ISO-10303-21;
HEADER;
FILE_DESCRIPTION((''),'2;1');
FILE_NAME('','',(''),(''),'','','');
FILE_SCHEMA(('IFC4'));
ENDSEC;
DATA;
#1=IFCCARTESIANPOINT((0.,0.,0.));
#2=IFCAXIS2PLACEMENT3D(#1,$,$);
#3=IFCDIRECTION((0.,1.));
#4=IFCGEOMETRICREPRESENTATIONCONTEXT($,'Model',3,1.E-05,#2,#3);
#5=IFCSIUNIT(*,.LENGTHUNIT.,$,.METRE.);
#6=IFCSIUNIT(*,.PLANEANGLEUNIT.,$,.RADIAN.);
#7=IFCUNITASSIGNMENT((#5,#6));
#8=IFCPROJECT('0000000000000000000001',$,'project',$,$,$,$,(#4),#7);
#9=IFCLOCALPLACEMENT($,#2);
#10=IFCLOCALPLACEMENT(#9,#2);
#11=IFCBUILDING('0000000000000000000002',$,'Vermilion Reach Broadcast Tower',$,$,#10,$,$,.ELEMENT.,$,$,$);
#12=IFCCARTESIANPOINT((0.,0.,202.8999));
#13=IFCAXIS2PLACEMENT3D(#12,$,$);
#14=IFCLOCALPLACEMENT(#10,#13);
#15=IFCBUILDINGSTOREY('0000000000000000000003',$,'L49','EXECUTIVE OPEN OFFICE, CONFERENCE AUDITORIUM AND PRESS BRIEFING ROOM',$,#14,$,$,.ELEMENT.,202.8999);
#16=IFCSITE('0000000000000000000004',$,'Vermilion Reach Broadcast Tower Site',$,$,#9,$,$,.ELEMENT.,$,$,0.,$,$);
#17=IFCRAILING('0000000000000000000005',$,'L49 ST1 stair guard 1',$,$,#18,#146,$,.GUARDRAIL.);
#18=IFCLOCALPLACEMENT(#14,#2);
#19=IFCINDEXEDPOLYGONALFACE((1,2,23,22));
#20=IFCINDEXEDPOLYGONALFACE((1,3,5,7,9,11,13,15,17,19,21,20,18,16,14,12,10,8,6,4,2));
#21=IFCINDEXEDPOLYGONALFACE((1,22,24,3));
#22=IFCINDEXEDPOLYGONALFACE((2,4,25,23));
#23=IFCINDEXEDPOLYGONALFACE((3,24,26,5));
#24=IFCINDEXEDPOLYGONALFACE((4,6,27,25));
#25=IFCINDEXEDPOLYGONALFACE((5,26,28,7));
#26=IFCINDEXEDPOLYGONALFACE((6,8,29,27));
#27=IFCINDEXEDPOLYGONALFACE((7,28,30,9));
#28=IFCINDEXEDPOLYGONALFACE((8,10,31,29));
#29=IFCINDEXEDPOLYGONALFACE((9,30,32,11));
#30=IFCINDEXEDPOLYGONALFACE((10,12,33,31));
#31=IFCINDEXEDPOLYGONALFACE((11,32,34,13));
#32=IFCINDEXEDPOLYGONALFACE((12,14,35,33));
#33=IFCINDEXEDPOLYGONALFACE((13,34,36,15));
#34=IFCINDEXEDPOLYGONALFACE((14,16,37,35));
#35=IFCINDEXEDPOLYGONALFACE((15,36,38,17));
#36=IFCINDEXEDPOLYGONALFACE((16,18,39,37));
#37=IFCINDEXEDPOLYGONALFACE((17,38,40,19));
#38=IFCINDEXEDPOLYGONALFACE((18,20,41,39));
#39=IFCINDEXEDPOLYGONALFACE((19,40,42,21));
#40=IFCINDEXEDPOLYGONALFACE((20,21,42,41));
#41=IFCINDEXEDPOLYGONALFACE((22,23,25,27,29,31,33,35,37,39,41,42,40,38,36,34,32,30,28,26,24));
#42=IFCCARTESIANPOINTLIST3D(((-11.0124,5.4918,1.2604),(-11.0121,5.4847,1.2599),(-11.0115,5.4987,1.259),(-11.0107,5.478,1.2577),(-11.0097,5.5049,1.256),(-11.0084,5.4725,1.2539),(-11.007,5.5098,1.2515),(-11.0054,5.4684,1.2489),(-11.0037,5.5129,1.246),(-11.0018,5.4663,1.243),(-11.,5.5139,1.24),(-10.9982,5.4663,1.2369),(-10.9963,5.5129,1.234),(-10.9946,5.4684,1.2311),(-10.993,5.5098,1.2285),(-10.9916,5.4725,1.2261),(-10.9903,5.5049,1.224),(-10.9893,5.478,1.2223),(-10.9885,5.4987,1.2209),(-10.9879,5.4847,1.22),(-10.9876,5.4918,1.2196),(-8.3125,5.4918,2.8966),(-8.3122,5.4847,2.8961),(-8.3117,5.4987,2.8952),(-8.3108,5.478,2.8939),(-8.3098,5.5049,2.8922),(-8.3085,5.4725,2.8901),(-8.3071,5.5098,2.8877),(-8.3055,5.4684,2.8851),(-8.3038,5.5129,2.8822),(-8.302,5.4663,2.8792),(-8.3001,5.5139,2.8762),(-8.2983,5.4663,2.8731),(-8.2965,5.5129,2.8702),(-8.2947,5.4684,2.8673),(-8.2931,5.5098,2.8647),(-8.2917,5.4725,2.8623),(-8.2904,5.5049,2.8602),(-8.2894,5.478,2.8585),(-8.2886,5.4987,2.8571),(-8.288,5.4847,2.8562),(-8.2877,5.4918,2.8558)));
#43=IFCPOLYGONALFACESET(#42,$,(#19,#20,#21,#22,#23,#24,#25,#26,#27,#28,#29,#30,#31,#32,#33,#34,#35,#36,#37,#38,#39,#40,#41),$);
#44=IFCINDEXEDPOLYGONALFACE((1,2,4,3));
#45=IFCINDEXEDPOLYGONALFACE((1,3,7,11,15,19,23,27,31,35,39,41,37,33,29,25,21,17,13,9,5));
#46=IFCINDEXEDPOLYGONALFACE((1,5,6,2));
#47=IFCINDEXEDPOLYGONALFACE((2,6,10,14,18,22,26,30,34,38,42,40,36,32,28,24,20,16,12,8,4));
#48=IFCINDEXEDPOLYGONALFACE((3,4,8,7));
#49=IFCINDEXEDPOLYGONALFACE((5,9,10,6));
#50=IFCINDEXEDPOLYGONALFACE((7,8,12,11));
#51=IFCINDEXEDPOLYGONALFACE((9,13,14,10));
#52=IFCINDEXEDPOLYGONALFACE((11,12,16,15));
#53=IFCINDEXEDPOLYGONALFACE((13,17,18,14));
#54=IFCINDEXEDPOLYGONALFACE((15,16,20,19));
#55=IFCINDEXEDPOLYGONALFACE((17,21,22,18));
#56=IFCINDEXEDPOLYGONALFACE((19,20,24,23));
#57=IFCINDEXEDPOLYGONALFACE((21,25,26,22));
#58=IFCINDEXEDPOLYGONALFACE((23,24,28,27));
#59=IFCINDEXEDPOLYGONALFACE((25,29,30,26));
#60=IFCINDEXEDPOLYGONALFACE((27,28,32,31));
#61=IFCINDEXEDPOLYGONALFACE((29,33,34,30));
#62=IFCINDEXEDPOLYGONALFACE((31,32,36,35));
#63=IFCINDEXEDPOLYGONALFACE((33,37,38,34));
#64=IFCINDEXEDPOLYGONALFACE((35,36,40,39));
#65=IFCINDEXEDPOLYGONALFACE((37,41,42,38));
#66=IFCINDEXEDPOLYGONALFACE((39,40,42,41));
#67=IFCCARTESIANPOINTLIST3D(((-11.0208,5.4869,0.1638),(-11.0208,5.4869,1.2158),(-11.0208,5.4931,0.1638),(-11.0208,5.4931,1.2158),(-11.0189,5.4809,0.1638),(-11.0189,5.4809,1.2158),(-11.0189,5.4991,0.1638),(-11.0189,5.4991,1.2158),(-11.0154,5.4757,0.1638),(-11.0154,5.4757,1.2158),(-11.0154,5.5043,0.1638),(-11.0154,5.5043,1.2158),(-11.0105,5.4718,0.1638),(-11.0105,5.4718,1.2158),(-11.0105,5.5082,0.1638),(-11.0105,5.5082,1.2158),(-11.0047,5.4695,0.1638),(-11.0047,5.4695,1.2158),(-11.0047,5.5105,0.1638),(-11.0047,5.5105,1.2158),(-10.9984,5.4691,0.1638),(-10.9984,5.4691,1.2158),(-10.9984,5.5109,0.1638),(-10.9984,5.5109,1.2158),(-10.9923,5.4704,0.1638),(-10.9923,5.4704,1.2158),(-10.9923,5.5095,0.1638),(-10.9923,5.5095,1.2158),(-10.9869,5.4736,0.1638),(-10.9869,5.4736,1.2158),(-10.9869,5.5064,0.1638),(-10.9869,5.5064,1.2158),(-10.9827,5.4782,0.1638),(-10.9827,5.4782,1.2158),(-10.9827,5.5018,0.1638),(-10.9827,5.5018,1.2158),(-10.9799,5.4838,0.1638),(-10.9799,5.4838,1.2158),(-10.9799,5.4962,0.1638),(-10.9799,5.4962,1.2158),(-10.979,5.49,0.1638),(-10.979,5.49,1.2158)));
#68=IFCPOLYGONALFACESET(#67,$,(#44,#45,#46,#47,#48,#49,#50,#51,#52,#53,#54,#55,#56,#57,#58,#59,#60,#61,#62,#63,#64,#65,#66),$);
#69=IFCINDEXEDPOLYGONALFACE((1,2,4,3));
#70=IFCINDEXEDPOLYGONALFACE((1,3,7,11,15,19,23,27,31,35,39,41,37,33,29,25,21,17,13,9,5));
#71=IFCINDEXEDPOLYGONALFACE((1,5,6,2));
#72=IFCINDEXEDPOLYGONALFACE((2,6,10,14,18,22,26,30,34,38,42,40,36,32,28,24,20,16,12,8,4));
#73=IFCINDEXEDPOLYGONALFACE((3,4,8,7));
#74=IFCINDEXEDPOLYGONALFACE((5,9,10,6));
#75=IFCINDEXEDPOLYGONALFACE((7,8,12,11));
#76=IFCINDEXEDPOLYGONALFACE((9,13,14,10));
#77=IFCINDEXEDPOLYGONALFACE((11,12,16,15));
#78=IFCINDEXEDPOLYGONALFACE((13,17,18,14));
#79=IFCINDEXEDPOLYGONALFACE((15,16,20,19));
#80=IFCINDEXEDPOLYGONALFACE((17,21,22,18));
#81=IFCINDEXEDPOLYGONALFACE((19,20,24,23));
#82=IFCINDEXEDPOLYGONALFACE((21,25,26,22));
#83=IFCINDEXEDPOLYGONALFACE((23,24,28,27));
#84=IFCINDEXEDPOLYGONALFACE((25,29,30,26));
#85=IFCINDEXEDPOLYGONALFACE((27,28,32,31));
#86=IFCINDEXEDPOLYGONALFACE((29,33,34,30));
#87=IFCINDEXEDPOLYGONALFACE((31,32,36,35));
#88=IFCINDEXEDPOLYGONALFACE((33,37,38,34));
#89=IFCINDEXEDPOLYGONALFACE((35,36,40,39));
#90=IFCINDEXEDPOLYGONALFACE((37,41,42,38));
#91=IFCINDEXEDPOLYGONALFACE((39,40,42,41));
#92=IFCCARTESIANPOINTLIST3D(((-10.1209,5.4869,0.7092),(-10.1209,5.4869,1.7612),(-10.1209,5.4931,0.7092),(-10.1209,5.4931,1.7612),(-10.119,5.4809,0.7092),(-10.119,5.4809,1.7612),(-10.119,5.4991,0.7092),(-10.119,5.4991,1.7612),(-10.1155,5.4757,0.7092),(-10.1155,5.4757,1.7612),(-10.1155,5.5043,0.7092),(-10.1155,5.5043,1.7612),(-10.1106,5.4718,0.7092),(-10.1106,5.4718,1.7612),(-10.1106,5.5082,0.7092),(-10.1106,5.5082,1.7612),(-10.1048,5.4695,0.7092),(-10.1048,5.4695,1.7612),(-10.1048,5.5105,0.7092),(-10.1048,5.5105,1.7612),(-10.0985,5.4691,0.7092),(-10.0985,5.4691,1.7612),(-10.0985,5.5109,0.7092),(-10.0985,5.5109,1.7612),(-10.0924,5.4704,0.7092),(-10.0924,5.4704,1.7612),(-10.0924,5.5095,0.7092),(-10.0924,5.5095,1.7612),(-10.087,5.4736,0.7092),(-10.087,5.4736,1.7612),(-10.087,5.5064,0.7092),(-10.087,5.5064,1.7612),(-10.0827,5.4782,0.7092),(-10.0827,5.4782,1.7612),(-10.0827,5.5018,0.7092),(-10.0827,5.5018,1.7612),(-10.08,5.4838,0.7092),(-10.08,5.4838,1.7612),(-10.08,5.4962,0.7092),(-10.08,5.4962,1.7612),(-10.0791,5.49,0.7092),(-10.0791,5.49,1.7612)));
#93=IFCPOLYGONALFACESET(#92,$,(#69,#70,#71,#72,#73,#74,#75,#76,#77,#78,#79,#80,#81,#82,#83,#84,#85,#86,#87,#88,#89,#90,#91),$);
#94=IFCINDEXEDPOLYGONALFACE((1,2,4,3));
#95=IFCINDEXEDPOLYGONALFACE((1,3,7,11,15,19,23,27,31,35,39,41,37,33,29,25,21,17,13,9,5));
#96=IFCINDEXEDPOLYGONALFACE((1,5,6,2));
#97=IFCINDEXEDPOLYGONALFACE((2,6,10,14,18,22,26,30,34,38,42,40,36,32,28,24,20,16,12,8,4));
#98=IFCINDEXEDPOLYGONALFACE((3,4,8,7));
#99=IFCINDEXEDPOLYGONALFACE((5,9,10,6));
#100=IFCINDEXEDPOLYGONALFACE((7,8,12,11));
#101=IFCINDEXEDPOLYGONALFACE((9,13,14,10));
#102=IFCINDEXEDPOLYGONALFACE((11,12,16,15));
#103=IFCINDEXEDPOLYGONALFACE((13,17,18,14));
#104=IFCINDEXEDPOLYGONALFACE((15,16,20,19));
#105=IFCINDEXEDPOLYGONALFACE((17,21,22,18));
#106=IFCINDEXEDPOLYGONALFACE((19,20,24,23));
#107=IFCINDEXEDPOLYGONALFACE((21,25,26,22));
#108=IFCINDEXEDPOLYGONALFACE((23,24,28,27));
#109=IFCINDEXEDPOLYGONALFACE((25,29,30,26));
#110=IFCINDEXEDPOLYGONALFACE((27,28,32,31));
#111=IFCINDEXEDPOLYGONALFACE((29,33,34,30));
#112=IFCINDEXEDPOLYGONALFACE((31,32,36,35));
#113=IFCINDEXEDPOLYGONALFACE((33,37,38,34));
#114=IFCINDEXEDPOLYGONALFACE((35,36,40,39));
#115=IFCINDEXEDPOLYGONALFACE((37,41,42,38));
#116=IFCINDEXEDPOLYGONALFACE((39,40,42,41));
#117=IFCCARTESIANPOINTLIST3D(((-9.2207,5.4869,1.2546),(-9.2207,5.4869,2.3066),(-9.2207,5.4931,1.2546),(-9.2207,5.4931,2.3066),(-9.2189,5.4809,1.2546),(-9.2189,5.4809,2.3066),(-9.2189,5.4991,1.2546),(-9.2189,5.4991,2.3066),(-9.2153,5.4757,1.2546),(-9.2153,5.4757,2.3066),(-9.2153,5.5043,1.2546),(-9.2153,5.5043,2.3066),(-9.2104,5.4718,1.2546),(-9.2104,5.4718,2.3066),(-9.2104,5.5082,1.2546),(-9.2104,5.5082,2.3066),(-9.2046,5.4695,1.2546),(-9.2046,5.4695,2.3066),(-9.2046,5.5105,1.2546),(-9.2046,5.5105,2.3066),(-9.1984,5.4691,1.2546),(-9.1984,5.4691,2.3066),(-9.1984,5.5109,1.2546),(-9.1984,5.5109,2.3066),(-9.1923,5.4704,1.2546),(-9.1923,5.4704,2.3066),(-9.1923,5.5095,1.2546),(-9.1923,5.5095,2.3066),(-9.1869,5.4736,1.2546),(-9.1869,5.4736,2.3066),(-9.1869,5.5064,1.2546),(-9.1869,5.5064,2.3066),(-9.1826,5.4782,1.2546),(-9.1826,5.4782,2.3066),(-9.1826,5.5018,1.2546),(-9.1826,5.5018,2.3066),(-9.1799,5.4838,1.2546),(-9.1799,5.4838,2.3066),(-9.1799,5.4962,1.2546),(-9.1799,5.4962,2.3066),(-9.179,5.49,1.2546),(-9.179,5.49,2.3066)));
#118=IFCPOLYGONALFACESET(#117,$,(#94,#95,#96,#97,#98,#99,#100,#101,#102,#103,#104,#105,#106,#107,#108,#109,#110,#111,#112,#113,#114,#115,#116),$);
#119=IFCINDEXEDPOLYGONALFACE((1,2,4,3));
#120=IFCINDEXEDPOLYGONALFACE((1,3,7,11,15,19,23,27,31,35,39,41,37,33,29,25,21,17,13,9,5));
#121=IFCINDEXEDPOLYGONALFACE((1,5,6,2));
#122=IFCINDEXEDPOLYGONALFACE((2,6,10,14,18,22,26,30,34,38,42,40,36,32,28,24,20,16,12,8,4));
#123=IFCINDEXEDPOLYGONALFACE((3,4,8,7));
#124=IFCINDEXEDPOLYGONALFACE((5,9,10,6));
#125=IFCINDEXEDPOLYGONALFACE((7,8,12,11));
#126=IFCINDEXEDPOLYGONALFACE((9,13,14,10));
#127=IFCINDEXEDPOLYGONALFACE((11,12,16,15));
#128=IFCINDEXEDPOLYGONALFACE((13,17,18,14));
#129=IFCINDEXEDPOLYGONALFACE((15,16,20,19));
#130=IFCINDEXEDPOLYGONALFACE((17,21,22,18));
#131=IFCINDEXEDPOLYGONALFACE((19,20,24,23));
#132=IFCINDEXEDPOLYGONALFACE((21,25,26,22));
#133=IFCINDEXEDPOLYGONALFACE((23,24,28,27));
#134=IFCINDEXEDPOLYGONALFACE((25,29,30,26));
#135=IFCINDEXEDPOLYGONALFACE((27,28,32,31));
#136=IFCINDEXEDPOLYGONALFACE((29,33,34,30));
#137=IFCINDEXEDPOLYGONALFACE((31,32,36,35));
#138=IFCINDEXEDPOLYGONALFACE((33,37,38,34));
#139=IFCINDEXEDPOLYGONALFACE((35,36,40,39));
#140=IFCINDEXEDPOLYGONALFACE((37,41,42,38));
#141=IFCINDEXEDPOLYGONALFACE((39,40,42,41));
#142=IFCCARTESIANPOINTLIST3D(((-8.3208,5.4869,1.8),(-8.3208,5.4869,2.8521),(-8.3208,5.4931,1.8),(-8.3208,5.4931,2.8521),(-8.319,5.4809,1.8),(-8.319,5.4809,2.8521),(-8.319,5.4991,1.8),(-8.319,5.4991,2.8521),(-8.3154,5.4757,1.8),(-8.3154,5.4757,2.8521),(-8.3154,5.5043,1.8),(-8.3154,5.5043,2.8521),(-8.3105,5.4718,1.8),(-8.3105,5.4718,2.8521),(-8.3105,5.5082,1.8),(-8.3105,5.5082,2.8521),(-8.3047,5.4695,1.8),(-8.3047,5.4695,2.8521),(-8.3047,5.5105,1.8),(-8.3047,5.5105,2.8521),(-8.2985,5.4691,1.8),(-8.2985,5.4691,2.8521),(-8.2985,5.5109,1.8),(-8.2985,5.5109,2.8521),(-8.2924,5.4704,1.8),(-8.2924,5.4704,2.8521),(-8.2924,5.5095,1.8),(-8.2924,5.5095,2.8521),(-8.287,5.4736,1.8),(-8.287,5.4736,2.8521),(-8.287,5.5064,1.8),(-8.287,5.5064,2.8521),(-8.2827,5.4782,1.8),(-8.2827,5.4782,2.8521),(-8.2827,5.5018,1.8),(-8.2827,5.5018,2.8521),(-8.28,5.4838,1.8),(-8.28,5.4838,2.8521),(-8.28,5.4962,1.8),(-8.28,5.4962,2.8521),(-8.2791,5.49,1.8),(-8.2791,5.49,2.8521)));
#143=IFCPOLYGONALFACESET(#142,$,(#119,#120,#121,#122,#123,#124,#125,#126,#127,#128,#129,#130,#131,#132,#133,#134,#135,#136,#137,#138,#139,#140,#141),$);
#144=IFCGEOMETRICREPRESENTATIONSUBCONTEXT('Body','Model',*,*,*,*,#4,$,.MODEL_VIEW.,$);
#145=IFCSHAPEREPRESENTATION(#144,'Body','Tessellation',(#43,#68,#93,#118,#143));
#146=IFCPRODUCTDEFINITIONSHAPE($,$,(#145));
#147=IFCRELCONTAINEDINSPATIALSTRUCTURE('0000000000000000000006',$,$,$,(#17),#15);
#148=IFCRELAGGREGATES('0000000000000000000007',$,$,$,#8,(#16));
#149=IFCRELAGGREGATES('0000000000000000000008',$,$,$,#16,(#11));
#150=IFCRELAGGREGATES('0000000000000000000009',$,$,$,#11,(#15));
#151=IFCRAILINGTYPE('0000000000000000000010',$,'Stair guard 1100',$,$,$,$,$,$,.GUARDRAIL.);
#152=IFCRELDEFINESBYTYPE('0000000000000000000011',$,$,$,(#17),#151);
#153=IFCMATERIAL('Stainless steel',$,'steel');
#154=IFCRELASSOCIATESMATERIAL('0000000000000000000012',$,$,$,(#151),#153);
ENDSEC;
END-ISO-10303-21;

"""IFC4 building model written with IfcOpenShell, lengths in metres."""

from ifc_helpers import new_model, si_unit, direction, frame, origin, origin_2d, place, context, subcontext, project, spatial, circle, extrude, material, type_object, element, save


model = new_model("IFC4")

# Units and contexts
model_context = context("Model", 3, precision=1e-05, world=origin(), true_north=direction((0.0, 1.0)))
body_context = subcontext(model_context, "Body", "Model", "MODEL_VIEW")
ifc_project = project(units=[si_unit("LENGTHUNIT", "METRE"), si_unit("PLANEANGLEUNIT", "RADIAN")], contexts=[model_context])

# Site, building, storey
site_placement = place(None, origin())
site = spatial("IfcSite", under=ifc_project, at=site_placement, Name="Vermilion Reach Broadcast Tower Site", CompositionType="ELEMENT", RefElevation=0.0)
building_placement = place(site_placement, origin())
building = spatial("IfcBuilding", under=site, at=building_placement, Name="Vermilion Reach Broadcast Tower", CompositionType="ELEMENT")
storey_placement = place(building_placement, frame((0.0, 0.0, 202.8999)))
storey = spatial("IfcBuildingStorey", under=building, at=storey_placement, Name="L49", Description="EXECUTIVE OPEN OFFICE, CONFERENCE AUDITORIUM AND PRESS BRIEFING ROOM", CompositionType="ELEMENT", Elevation=202.8999)

# Railing
ifc_material_1 = material(Name="Stainless steel", Category="steel")
railing_type_1 = type_object("IfcRailingType", Name="Stair guard 1100", PredefinedType="GUARDRAIL", material=ifc_material_1)
railing_1_placement = place(storey_placement, frame((-11.0, 5.49, 0.1638)))
element("IfcRailing", 1, at=railing_1_placement, inside=storey, type_object=railing_type_1, Name="L49 ST1 stair guard 1", PredefinedType="GUARDRAIL", context=body_context, shape_type="SweptSolid", body=[
    extrude(circle(Radius=0.0239, at=origin_2d()), frame((0.0, 0.0, 1.0762), z_axis=(0.855212, 0.0, 0.518278), x_axis=(0.0, 1.0, 0.0)), (0.0, 0.0, 1.0), 3.157),
    extrude(circle(Radius=0.021, at=origin_2d()), origin(), (0.0, 0.0, 1.0), 1.052),
    extrude(circle(Radius=0.021, at=origin_2d()), frame((0.8999, 0.0, 0.5454)), (0.0, 0.0, 1.0), 1.052),
    extrude(circle(Radius=0.021, at=origin_2d()), frame((1.8, 0.0, 1.0908)), (0.0, 0.0, 1.0), 1.052),
    extrude(circle(Radius=0.021, at=origin_2d()), frame((2.7, 0.0, 1.6362)), (0.0, 0.0, 1.0), 1.052),
])

save(model, "model.ifc")
